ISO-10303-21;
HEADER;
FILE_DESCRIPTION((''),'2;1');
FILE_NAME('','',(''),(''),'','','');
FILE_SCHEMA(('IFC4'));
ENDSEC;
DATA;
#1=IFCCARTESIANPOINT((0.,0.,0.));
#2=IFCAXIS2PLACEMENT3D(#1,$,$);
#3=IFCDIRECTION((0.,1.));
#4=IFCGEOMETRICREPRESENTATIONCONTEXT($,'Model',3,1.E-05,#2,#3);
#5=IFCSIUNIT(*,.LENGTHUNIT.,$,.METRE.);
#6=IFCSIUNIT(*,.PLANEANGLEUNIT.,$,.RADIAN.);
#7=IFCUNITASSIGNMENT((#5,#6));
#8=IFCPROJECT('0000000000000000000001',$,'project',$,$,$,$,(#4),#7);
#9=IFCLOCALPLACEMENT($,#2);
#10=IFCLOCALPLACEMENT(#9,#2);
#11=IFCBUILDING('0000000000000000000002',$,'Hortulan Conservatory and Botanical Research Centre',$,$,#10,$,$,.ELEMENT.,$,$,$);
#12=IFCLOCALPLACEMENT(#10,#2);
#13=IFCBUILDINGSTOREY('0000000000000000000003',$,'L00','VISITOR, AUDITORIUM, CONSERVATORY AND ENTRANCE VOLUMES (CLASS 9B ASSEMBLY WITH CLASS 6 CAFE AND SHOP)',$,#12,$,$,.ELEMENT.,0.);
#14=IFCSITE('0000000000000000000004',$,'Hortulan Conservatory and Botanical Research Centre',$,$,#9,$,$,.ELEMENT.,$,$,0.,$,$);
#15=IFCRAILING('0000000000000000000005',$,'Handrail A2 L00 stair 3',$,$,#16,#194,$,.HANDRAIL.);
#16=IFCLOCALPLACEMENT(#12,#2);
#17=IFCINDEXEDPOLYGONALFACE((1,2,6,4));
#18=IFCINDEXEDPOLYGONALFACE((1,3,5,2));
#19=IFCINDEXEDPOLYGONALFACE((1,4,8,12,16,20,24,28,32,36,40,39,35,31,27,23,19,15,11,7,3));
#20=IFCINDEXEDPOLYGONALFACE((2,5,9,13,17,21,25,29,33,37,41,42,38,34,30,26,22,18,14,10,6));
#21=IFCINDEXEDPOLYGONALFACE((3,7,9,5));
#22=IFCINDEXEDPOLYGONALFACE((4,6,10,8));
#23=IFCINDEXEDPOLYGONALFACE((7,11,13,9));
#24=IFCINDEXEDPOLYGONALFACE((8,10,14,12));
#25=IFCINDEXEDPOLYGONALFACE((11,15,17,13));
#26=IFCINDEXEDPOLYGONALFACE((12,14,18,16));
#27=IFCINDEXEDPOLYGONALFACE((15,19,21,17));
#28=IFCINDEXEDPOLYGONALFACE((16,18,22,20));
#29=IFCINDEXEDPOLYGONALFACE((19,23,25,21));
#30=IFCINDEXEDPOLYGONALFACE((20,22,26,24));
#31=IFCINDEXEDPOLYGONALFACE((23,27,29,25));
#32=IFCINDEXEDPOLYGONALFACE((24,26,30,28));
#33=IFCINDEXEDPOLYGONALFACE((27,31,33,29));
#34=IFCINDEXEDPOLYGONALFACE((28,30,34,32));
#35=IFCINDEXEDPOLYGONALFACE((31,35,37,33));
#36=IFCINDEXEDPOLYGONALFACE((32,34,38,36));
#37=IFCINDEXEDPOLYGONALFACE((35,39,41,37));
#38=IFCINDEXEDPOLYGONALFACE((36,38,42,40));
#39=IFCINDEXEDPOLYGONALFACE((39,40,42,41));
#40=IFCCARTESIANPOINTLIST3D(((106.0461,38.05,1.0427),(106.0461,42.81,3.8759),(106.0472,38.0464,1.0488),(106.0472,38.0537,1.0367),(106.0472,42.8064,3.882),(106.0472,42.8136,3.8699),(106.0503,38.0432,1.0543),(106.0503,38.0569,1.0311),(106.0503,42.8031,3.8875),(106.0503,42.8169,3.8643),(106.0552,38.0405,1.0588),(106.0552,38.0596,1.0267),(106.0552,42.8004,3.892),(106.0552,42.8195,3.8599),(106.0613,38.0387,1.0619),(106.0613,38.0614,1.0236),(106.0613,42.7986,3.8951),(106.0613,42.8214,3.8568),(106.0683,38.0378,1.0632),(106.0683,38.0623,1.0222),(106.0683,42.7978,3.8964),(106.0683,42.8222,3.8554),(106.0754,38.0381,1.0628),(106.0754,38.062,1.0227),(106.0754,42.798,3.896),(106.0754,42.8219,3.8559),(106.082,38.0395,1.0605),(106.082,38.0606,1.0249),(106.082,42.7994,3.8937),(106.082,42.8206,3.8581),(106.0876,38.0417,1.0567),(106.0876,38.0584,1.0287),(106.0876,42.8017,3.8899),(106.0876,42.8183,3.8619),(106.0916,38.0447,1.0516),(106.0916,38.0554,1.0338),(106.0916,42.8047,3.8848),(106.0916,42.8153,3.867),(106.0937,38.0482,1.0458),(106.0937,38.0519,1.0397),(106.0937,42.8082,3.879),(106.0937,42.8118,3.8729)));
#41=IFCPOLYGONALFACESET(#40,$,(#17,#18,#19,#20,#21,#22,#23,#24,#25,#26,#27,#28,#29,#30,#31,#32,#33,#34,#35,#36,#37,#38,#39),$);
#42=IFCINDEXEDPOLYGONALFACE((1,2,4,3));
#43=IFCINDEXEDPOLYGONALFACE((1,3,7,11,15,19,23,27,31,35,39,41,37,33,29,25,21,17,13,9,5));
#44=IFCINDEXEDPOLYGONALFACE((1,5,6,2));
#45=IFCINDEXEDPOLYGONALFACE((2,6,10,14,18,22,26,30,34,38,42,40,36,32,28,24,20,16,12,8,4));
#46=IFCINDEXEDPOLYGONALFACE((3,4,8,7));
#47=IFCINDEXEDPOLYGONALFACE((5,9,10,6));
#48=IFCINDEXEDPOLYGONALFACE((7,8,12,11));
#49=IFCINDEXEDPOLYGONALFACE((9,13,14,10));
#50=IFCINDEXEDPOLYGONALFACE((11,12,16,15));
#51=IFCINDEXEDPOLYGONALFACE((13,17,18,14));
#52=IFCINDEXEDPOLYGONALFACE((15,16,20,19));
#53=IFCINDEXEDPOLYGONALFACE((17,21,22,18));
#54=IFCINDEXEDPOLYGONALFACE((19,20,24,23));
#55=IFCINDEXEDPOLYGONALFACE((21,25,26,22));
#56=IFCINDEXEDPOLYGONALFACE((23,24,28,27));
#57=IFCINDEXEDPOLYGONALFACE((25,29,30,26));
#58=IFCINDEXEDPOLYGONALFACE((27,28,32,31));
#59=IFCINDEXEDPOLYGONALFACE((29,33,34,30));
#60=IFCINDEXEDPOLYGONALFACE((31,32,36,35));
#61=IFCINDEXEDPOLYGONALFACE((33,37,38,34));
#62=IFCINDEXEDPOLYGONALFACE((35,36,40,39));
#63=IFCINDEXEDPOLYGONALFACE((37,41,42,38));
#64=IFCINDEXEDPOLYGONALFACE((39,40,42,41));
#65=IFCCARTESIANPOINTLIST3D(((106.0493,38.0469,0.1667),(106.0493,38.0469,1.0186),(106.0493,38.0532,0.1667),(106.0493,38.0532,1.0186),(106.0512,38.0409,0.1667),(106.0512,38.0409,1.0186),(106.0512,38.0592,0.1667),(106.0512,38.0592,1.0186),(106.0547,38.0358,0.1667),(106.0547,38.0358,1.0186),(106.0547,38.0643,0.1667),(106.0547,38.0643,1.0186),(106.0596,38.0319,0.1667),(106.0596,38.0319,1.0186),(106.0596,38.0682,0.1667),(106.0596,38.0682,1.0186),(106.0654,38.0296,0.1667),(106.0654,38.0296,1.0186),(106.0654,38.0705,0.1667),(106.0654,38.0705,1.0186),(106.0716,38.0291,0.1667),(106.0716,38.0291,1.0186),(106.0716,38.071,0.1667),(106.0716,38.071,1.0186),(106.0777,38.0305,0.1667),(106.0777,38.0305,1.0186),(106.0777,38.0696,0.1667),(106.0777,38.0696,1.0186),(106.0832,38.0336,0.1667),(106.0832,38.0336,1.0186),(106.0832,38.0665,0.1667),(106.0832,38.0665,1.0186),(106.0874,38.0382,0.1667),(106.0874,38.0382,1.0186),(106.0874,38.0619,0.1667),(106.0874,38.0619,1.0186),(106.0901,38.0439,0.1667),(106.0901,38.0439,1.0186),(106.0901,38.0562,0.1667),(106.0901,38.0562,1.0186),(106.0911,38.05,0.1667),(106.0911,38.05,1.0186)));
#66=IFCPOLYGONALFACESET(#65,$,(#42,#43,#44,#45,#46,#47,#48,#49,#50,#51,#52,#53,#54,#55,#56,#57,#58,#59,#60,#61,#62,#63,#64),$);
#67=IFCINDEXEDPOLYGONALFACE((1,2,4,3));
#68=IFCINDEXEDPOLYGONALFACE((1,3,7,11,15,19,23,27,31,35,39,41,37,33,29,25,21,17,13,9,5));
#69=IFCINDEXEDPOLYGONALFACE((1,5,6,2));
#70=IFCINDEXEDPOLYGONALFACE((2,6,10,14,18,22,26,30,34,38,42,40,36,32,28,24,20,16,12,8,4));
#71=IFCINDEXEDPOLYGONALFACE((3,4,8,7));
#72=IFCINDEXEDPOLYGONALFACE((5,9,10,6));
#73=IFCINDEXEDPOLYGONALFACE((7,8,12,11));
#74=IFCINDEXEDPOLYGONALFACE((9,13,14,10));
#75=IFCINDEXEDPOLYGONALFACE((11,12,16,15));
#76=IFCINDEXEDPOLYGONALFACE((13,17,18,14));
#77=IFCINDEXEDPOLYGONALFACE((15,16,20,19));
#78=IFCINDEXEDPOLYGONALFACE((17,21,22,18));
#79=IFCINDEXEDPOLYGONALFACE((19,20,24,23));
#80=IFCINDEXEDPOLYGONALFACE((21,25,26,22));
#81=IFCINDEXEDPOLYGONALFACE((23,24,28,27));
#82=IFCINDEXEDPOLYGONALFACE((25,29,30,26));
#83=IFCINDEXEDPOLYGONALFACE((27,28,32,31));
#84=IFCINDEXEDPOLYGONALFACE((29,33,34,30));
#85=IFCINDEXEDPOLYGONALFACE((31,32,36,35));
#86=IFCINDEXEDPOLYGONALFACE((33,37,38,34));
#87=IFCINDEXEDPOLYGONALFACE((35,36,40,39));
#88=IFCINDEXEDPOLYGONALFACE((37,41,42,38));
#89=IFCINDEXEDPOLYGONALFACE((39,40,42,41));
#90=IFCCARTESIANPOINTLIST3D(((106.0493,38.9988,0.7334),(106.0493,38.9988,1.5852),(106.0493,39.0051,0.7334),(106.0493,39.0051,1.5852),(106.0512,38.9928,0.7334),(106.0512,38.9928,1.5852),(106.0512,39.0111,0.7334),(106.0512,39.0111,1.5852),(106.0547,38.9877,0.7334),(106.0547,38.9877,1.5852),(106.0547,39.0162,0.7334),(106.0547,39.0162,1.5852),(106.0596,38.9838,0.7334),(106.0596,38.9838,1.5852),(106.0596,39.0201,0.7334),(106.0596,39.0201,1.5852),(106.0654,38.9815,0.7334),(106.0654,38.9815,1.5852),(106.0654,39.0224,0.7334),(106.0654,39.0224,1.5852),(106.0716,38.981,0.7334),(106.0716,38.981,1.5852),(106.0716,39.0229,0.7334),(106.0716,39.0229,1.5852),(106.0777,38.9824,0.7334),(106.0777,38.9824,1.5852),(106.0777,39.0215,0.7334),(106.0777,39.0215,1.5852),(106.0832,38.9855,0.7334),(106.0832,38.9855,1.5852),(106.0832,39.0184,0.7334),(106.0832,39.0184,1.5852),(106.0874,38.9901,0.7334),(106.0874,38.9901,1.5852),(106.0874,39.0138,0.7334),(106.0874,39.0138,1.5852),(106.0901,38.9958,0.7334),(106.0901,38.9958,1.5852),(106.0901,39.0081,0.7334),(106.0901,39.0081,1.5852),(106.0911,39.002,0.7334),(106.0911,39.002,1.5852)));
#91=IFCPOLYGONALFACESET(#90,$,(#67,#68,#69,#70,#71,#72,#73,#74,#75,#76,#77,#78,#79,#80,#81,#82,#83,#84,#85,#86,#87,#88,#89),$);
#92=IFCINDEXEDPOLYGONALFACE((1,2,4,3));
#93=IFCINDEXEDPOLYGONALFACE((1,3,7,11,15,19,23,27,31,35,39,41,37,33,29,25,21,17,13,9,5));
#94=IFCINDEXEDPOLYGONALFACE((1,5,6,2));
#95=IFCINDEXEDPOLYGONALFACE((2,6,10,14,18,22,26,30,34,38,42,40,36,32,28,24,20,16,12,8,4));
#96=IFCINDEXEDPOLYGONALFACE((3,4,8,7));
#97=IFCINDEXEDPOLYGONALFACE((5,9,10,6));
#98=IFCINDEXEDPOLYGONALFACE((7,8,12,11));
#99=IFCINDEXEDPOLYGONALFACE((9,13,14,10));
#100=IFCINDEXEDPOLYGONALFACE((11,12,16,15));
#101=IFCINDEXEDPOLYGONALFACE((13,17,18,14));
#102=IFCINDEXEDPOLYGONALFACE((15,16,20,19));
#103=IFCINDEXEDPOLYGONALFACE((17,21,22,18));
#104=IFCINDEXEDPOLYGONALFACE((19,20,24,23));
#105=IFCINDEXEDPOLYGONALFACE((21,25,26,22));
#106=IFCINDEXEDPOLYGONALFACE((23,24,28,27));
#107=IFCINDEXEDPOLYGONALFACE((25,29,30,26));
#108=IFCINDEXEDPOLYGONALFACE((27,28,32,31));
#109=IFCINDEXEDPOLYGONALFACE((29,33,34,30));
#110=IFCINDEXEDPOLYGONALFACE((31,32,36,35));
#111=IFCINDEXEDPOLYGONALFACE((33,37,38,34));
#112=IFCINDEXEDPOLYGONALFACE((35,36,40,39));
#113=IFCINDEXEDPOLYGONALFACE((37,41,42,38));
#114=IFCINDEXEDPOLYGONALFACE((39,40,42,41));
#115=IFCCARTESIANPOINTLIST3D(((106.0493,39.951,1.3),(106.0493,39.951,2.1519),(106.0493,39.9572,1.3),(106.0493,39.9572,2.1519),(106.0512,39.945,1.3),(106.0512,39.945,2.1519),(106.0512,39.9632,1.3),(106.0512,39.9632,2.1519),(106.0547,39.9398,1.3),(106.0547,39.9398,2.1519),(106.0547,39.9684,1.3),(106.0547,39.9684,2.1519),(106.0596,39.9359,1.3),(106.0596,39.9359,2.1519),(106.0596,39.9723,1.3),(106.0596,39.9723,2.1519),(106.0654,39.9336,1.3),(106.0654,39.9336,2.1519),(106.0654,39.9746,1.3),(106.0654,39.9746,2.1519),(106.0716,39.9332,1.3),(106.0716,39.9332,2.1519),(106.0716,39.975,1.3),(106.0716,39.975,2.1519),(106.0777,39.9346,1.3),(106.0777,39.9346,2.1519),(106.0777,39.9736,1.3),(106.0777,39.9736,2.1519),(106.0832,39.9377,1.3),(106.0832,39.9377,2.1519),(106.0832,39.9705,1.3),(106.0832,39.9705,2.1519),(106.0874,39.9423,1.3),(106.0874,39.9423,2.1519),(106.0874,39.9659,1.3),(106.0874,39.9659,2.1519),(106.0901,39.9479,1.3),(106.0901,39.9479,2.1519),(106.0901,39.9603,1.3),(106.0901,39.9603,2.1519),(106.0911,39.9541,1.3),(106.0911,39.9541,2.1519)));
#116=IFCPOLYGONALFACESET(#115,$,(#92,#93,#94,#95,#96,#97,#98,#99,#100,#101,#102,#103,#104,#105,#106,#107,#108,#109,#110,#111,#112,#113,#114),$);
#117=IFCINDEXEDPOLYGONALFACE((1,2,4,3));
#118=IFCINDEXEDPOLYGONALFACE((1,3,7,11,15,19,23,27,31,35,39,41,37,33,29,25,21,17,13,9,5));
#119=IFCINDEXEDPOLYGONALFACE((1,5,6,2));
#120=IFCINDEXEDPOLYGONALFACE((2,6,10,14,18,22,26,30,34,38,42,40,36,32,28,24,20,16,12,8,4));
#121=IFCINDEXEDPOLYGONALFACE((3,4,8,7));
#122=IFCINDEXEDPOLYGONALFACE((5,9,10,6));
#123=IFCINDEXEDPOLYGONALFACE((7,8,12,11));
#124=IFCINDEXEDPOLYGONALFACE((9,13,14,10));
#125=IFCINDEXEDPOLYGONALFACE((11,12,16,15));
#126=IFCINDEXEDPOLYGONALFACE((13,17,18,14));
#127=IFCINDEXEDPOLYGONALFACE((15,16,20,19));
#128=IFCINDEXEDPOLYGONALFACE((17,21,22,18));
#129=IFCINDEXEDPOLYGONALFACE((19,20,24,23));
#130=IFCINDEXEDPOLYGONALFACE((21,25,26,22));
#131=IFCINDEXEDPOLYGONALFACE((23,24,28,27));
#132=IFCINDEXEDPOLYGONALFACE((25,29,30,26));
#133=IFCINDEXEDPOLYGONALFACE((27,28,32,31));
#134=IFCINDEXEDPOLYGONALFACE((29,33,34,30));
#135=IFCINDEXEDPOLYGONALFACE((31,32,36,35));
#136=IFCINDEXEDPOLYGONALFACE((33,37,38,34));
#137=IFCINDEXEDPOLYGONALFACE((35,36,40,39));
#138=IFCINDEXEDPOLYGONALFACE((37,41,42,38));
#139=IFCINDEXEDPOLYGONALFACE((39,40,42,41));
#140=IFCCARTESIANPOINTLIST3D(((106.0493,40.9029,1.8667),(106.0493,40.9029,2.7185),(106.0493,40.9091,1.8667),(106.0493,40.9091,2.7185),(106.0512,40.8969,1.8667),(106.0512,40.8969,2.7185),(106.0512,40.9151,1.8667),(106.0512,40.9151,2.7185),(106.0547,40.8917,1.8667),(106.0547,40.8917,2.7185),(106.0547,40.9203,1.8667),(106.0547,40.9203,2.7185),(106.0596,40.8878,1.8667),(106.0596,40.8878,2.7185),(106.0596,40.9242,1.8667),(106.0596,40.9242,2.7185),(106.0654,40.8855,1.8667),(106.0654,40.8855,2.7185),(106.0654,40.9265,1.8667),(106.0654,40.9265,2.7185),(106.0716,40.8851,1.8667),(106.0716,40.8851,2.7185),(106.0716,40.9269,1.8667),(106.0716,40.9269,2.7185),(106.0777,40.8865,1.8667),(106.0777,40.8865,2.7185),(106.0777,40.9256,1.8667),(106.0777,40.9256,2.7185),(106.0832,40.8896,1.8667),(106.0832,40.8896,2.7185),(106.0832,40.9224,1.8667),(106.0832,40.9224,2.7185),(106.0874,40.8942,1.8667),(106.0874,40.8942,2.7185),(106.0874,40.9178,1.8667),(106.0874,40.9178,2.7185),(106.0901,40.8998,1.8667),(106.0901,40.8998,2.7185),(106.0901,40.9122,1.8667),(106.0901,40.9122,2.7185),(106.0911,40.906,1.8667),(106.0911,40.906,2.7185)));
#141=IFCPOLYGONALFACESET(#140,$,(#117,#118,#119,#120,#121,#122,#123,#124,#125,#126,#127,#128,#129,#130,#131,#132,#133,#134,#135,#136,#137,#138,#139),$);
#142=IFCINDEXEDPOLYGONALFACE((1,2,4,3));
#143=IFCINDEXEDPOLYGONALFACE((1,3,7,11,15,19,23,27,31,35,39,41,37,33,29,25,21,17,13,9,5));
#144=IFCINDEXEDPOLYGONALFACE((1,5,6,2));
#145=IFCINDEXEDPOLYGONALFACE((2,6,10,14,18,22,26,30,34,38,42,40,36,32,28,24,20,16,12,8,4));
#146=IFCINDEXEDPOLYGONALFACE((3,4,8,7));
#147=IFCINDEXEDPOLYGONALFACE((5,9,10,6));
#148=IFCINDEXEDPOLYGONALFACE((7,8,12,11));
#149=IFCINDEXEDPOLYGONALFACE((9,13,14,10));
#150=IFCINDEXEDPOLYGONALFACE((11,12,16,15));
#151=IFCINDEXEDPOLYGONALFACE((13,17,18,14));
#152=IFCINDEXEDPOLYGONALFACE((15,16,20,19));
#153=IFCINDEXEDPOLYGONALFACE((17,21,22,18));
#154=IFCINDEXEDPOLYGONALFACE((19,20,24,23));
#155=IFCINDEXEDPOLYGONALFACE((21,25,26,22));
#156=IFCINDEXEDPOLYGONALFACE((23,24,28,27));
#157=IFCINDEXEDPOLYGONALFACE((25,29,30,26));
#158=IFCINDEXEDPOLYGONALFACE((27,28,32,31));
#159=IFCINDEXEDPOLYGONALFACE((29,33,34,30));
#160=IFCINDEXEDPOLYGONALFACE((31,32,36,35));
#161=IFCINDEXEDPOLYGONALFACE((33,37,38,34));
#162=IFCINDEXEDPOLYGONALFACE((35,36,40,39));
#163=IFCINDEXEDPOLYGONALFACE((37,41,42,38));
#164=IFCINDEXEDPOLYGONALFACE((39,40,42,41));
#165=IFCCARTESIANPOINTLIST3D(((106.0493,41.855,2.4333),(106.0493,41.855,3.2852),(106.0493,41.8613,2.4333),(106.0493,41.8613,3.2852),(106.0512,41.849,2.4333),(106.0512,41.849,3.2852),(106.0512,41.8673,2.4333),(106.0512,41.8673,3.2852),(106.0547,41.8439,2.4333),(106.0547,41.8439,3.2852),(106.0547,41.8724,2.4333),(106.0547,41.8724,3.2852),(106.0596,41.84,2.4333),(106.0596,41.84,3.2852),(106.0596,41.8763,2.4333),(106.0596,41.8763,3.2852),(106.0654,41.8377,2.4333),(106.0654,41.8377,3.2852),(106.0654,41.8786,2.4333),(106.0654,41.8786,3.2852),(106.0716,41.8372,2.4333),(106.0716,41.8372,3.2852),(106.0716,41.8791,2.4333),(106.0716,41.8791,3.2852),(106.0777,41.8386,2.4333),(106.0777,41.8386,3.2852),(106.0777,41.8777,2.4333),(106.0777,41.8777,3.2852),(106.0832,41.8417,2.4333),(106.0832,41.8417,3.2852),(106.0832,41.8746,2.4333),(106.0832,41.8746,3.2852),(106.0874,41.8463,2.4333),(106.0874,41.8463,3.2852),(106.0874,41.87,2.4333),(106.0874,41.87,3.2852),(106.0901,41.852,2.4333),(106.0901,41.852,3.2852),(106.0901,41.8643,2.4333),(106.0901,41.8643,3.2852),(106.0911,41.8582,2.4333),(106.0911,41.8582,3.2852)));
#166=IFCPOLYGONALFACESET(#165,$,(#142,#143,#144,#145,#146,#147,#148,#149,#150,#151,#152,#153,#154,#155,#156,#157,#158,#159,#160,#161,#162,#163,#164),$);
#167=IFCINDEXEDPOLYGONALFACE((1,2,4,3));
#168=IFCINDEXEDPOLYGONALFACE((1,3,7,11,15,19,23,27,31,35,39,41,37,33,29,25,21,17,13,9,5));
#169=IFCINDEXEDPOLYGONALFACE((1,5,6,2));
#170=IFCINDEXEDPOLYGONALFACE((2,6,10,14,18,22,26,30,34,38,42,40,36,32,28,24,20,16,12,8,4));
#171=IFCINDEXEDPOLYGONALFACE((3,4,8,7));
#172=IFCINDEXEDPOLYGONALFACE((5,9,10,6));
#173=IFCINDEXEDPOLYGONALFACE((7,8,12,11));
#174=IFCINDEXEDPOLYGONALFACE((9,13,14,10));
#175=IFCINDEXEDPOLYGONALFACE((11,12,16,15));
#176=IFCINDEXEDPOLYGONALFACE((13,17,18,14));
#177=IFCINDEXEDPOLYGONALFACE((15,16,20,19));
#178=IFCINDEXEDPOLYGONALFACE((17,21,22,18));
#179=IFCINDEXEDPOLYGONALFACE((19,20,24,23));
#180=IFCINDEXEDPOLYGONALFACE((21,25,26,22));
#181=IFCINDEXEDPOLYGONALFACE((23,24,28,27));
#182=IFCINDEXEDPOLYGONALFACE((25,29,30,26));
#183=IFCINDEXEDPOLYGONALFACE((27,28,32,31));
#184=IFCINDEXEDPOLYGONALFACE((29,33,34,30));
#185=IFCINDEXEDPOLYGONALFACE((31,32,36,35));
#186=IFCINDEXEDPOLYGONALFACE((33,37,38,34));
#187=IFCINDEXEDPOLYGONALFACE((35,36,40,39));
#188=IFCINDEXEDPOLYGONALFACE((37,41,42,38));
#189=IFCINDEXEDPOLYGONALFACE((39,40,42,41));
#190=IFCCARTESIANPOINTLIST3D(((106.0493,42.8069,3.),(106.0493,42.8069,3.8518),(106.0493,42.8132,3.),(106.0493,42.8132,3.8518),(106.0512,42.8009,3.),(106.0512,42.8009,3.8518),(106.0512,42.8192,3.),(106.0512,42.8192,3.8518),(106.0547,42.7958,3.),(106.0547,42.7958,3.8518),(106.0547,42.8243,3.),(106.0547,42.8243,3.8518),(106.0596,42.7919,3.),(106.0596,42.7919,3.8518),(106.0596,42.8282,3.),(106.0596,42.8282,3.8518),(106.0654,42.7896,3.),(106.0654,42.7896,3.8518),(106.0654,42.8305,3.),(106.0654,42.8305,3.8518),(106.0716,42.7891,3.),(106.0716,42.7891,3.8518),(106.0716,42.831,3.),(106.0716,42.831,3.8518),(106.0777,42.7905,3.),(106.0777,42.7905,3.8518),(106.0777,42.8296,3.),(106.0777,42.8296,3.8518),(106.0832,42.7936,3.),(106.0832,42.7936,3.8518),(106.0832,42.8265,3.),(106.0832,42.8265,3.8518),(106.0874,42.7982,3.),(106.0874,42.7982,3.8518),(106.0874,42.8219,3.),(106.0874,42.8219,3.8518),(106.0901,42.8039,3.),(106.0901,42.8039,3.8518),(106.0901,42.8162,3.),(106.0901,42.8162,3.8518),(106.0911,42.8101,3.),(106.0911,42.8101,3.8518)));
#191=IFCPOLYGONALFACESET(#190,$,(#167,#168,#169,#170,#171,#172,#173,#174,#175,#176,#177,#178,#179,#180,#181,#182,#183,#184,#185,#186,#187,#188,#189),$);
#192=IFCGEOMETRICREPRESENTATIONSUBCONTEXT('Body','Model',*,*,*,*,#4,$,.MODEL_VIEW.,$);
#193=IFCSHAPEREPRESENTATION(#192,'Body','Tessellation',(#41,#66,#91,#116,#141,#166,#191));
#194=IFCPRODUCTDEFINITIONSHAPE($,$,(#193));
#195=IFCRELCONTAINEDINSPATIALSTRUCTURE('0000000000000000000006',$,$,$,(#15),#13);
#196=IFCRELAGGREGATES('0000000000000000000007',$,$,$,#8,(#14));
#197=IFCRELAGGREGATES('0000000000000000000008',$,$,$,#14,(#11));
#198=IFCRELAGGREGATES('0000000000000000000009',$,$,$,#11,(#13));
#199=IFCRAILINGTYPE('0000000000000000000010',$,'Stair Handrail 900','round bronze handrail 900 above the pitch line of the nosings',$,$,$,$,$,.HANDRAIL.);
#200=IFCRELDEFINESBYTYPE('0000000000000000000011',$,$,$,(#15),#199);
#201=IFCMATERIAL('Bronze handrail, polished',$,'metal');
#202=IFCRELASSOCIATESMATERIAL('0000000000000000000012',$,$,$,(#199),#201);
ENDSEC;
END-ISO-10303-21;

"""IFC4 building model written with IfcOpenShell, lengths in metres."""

from ifc_helpers import new_model, si_unit, direction, frame, origin, origin_2d, place, context, subcontext, project, spatial, circle, extrude, material, type_object, element, save


model = new_model("IFC4")

# Units and contexts
model_context = context("Model", 3, precision=1e-05, world=origin(), true_north=direction((0.0, 1.0)))
body_context = subcontext(model_context, "Body", "Model", "MODEL_VIEW")
ifc_project = project(units=[si_unit("LENGTHUNIT", "METRE"), si_unit("PLANEANGLEUNIT", "RADIAN")], contexts=[model_context])

# Site, building, storey
site_placement = place(None, origin())
site = spatial("IfcSite", under=ifc_project, at=site_placement, Name="Hortulan Conservatory and Botanical Research Centre", CompositionType="ELEMENT", RefElevation=0.0)
building_placement = place(site_placement, origin())
building = spatial("IfcBuilding", under=site, at=building_placement, Name="Hortulan Conservatory and Botanical Research Centre", CompositionType="ELEMENT")
storey_placement = place(building_placement, origin())
storey = spatial("IfcBuildingStorey", under=building, at=storey_placement, Name="L00", Description="VISITOR, AUDITORIUM, CONSERVATORY AND ENTRANCE VOLUMES (CLASS 9B ASSEMBLY WITH CLASS 6 CAFE AND SHOP)", CompositionType="ELEMENT", Elevation=0.0)

# Railing
ifc_material_1 = material(Name="Bronze handrail, polished", Category="metal")
railing_type_1 = type_object("IfcRailingType", Name="Stair Handrail 900", Description="round bronze handrail 900 above the pitch line of the nosings", PredefinedType="HANDRAIL", material=ifc_material_1)
railing_1_placement = place(storey_placement, frame((106.0701, 38.05, 0.1667)))
element("IfcRailing", 1, at=railing_1_placement, inside=storey, type_object=railing_type_1, Name="Handrail A2 L00 stair 3", PredefinedType="HANDRAIL", context=body_context, shape_type="SweptSolid", body=[
    extrude(circle(Radius=0.0239, at=origin_2d()), frame((0.0, 0.0, 0.876), z_axis=(0.0, 0.8593, 0.511472), x_axis=(-1.0, 0.0, 0.0)), (0.0, 0.0, 1.0), 5.5393),
    extrude(circle(Radius=0.021, at=origin_2d()), origin(), (0.0, 0.0, 1.0), 0.8518),
    extrude(circle(Radius=0.021, at=origin_2d()), frame((0.0, 0.9519, 0.5667)), (0.0, 0.0, 1.0), 0.8518),
    extrude(circle(Radius=0.021, at=origin_2d()), frame((0.0, 1.9041, 1.1333)), (0.0, 0.0, 1.0), 0.8518),
    extrude(circle(Radius=0.021, at=origin_2d()), frame((0.0, 2.856, 1.7)), (0.0, 0.0, 1.0), 0.8518),
    extrude(circle(Radius=0.021, at=origin_2d()), frame((0.0, 3.8081, 2.2666)), (0.0, 0.0, 1.0), 0.8518),
    extrude(circle(Radius=0.021, at=origin_2d()), frame((0.0, 4.76, 2.8333)), (0.0, 0.0, 1.0), 0.8518),
])

save(model, "model.ifc")
